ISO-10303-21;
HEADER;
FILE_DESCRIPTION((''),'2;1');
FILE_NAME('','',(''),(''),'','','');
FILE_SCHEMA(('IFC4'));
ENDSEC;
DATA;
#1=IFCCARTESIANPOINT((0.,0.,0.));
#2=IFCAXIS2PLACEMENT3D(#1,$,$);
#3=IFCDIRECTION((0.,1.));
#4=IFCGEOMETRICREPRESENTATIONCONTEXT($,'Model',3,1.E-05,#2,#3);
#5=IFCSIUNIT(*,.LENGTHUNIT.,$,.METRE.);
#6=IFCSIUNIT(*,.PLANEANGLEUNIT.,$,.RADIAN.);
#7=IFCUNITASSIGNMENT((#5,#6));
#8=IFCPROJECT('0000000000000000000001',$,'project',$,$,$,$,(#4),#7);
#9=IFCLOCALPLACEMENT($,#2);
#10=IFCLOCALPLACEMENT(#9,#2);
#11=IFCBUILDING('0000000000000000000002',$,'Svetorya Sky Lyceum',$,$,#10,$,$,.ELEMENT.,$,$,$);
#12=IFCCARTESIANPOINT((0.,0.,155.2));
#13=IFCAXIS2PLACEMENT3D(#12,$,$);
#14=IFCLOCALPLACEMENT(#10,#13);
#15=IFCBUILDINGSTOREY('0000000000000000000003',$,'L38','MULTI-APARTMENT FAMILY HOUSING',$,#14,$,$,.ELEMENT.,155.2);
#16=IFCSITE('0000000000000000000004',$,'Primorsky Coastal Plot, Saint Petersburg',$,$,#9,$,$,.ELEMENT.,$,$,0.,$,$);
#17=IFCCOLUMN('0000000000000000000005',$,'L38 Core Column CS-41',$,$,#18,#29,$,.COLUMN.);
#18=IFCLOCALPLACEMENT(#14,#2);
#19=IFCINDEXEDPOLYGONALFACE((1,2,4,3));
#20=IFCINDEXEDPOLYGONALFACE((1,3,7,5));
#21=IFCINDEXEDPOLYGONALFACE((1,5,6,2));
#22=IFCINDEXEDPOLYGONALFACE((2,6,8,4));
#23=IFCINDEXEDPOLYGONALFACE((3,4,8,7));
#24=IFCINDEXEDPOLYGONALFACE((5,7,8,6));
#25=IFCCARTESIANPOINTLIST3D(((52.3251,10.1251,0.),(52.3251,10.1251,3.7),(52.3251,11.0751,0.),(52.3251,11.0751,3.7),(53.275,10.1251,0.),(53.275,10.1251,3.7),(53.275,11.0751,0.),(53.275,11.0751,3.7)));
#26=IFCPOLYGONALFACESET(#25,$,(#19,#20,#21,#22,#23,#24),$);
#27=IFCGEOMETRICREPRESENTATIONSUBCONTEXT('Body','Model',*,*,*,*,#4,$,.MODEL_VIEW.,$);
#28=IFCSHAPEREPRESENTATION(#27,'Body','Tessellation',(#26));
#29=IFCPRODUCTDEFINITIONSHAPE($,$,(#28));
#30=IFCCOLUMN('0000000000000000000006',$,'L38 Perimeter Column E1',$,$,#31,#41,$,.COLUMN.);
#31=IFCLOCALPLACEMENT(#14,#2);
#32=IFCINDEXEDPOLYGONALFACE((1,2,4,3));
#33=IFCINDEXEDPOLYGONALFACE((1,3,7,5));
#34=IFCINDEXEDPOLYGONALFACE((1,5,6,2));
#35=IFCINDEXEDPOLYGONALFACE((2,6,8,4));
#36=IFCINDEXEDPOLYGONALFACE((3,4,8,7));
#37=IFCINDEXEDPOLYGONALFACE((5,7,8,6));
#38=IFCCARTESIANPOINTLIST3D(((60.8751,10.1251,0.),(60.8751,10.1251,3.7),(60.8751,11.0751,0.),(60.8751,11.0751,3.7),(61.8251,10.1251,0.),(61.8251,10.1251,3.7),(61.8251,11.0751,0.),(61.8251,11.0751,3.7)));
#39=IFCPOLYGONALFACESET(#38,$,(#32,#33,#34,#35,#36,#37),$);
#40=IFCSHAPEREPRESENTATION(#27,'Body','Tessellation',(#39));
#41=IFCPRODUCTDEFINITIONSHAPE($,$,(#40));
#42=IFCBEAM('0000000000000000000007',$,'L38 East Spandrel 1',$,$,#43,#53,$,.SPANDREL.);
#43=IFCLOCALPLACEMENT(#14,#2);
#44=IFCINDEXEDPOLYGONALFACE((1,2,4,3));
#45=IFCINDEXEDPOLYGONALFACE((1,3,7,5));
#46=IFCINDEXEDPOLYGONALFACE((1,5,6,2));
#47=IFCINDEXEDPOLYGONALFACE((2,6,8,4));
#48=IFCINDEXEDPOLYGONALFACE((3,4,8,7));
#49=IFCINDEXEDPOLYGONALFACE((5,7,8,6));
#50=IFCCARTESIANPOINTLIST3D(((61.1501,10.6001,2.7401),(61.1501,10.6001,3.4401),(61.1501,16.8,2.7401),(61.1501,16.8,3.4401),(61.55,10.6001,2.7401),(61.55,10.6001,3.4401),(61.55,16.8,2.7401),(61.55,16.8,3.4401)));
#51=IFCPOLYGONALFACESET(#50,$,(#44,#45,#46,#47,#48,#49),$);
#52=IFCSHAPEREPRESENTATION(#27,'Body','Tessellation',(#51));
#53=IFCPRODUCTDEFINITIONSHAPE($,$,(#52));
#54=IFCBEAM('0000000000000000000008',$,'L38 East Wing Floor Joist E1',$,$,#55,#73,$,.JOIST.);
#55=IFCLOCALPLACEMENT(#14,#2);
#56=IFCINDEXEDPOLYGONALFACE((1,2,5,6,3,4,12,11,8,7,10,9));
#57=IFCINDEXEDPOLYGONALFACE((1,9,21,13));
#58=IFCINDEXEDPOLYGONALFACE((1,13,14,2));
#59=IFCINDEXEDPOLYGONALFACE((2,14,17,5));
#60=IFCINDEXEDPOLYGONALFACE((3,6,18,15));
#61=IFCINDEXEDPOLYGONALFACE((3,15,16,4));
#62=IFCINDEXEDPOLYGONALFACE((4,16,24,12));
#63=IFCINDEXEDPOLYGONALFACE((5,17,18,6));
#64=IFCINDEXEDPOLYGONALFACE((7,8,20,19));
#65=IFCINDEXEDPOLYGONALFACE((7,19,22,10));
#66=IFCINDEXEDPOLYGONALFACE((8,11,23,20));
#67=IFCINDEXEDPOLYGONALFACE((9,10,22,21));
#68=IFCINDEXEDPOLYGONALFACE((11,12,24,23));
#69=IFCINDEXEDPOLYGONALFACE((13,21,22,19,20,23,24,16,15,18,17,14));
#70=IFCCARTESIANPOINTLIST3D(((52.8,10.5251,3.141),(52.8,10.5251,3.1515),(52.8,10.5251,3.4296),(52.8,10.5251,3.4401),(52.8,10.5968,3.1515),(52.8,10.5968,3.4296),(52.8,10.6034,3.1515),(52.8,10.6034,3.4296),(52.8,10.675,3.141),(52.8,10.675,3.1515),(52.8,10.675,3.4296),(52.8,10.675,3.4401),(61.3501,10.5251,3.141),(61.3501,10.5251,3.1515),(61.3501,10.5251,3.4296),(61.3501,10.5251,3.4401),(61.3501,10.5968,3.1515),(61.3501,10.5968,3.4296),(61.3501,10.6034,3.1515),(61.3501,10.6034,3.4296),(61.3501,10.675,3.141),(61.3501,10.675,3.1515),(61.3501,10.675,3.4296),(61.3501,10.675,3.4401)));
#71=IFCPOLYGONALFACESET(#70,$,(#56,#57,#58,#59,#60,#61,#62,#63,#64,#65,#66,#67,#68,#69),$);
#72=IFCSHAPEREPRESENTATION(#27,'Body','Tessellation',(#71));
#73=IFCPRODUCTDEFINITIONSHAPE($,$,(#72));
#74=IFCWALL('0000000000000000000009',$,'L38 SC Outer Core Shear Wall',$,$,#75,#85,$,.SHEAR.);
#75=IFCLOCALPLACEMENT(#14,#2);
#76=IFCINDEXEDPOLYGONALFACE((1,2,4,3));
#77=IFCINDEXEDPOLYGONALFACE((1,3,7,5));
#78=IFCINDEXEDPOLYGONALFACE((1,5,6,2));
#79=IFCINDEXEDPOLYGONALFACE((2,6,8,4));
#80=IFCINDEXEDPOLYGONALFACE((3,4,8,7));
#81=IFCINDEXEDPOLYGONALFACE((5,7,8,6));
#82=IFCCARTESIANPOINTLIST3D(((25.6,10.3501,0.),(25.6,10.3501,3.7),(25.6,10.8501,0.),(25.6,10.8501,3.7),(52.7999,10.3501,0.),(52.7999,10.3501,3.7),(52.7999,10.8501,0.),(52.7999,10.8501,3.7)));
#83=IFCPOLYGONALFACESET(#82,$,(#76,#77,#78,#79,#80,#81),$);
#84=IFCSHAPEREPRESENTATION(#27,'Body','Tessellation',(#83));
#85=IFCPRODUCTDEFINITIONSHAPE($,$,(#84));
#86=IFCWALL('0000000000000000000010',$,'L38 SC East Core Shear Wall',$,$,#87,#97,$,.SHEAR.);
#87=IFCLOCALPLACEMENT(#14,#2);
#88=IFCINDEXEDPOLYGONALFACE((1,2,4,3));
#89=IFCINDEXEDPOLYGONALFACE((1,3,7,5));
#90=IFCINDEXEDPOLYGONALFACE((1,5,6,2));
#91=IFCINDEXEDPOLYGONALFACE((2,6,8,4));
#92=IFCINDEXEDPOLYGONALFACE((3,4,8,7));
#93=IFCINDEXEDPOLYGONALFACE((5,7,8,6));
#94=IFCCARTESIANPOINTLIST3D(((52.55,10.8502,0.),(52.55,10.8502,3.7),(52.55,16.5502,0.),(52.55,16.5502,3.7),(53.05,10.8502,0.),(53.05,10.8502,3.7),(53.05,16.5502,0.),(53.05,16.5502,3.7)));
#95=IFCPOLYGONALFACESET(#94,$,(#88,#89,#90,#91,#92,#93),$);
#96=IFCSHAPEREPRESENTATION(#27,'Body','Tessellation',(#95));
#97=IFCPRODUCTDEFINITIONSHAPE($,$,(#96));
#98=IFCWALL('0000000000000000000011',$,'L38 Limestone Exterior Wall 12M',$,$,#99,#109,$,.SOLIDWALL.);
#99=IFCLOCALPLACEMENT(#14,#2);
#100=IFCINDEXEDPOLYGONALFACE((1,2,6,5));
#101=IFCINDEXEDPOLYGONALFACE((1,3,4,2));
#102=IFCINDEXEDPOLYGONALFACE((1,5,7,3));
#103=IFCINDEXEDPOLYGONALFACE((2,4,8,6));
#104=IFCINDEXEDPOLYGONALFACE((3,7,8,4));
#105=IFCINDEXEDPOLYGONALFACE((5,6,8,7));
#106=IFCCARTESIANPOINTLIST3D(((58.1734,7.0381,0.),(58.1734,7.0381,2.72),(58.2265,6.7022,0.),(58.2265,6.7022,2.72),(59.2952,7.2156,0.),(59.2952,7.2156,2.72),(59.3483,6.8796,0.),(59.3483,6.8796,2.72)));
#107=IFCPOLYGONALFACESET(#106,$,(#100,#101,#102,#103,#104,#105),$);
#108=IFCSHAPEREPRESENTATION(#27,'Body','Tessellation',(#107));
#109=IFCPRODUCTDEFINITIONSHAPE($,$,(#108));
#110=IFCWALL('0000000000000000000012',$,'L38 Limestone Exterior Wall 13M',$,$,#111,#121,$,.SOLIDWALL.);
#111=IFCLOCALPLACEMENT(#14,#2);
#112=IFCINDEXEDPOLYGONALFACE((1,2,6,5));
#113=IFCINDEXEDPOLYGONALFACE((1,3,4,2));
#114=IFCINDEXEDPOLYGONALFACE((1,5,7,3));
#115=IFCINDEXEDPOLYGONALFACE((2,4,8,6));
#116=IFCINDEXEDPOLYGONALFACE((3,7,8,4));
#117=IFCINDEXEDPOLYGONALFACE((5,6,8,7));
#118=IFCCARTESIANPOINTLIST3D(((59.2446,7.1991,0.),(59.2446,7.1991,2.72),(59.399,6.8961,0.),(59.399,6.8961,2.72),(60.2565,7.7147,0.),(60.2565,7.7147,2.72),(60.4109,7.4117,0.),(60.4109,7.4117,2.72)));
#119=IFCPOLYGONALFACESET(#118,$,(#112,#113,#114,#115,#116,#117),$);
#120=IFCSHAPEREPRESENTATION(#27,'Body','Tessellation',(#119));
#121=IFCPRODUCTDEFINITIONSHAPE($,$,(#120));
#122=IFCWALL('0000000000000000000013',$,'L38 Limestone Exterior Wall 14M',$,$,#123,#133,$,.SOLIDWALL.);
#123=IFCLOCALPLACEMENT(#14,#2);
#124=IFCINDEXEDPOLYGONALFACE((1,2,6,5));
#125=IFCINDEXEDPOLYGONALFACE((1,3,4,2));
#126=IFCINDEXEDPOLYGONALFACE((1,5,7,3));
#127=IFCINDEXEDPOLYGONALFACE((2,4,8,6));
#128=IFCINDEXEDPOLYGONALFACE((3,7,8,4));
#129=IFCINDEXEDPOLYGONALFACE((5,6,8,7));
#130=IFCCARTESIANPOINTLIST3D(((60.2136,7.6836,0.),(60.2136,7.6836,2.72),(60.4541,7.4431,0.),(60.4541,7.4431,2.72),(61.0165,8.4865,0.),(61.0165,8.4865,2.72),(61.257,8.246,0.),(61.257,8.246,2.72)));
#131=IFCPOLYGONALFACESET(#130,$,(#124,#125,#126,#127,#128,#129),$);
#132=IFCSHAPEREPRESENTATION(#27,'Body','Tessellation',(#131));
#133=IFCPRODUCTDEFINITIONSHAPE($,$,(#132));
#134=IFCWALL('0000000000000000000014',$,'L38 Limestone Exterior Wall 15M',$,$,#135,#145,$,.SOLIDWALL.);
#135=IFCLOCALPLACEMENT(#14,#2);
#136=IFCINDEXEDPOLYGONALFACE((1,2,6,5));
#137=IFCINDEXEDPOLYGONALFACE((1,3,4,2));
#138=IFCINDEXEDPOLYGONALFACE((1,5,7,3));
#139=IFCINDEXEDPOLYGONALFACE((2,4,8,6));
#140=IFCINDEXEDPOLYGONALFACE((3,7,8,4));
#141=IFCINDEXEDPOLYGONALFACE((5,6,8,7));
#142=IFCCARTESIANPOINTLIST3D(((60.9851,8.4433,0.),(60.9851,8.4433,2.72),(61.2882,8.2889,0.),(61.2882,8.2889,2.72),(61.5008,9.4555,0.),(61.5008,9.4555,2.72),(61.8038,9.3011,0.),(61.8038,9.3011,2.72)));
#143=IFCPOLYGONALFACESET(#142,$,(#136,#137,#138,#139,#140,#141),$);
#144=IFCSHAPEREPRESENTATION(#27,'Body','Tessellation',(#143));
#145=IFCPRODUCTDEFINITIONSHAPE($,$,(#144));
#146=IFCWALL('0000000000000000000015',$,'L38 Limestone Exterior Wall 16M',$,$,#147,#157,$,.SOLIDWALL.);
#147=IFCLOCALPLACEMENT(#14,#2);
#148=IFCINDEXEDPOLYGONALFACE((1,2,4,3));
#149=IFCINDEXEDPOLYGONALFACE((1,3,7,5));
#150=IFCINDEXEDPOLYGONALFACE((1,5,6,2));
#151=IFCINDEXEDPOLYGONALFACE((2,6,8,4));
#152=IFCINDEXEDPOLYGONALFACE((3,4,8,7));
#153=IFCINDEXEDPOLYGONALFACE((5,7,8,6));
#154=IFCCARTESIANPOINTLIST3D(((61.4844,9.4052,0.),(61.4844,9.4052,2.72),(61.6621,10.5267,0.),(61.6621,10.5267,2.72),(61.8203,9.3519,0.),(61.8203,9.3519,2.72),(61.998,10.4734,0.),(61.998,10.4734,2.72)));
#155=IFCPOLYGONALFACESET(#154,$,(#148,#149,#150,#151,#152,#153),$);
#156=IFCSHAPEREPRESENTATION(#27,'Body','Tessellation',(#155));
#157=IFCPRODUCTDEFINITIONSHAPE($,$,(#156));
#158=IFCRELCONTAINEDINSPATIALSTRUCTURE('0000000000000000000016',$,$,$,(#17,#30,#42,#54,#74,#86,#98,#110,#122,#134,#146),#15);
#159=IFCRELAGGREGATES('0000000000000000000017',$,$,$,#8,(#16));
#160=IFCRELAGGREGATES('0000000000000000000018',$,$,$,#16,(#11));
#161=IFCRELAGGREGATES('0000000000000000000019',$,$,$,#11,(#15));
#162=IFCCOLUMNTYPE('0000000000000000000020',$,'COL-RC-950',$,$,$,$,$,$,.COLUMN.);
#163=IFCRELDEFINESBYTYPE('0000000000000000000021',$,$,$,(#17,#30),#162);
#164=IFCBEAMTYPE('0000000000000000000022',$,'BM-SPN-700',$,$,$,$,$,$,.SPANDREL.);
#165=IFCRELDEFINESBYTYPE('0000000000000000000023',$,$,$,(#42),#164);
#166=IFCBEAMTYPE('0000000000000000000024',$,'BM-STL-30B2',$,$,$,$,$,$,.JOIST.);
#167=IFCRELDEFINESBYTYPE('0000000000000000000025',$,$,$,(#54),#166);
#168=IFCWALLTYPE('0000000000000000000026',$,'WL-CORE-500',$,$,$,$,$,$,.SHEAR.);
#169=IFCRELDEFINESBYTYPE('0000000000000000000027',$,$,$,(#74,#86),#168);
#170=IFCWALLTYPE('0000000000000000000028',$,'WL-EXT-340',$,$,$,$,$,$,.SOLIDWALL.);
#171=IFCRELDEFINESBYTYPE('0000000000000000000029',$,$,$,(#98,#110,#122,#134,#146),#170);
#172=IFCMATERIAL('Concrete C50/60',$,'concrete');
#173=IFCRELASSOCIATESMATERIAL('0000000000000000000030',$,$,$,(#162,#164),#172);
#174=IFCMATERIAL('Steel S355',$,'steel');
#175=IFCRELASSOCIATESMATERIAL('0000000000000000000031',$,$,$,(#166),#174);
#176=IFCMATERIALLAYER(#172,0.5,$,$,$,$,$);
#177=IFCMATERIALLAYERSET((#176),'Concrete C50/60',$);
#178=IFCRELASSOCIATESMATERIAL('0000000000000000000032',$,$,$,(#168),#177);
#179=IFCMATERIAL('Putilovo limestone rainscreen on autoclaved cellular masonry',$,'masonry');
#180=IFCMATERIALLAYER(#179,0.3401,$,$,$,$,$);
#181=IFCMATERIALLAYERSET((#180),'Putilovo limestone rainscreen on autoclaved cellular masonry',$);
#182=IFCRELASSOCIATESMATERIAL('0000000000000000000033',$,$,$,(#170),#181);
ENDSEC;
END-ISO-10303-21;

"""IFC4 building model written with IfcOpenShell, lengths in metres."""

from ifc_helpers import new_model, si_unit, direction, frame, frame_2d, origin, origin_2d, place, context, subcontext, project, spatial, rectangle, i_section, extrude, material, layer, layer_set, material_profile, profile_set, type_object, element, save


model = new_model("IFC4")

# Units and contexts
model_context = context("Model", 3, precision=1e-05, world=origin(), true_north=direction((0.0, 1.0)))
body_context = subcontext(model_context, "Body", "Model", "MODEL_VIEW")
ifc_project = project(units=[si_unit("LENGTHUNIT", "METRE"), si_unit("PLANEANGLEUNIT", "RADIAN")], contexts=[model_context])

# Site, building, storey
site_placement = place(None, origin())
site = spatial("IfcSite", under=ifc_project, at=site_placement, Name="Primorsky Coastal Plot, Saint Petersburg", CompositionType="ELEMENT", RefElevation=0.0)
building_placement = place(site_placement, origin())
building = spatial("IfcBuilding", under=site, at=building_placement, Name="Svetorya Sky Lyceum", CompositionType="ELEMENT")
storey_placement = place(building_placement, frame((0.0, 0.0, 155.2)))
storey = spatial("IfcBuildingStorey", under=building, at=storey_placement, Name="L38", Description="MULTI-APARTMENT FAMILY HOUSING", CompositionType="ELEMENT", Elevation=155.2)

# Columns
ifc_material_1 = material(Name="Concrete C50/60", Category="concrete")
ifc_material_profile_1 = material_profile(ifc_material_1, rectangle(XDim=0.95, YDim=0.95, at=origin_2d()), Name="RC COL 950x950")
ifc_profile_set_1 = profile_set([ifc_material_profile_1], Name="Concrete C50/60")
column_type = type_object("IfcColumnType", Name="COL-RC-950", PredefinedType="COLUMN", material=ifc_profile_set_1)
for number, where, z_axis, x_axis, name in (
    (1, (52.8, 10.6001, 0.0), (0.0, 0.0, 1.0), (1.0, 0.0, 0.0), "L38 Core Column CS-41"),
    (2, (61.3501, 10.6001, 0.0), (0.0, 0.0, 1.0), (1.0, 0.0, 0.0), "L38 Perimeter Column E1"),
):
    element("IfcColumn", number, at=place(storey_placement, frame(where, z_axis=z_axis, x_axis=x_axis)), inside=storey, type_object=column_type, Name=name, PredefinedType="COLUMN", context=body_context, shape_type="SweptSolid", body=[
        extrude(rectangle(XDim=0.95, YDim=0.95, at=origin_2d()), origin(), (0.0, 0.0, 1.0), 3.7),
    ])

# Beams
ifc_material_profile_2 = material_profile(ifc_material_1, rectangle(XDim=0.3999, YDim=0.7, at=origin_2d()), Name="RC SPANDREL 400x700")
ifc_profile_set_2 = profile_set([ifc_material_profile_2], Name="Concrete C50/60")
beam_type_1 = type_object("IfcBeamType", Name="BM-SPN-700", PredefinedType="SPANDREL", material=ifc_profile_set_2)
beam_1_placement = place(storey_placement, frame((61.3501, 10.6001, 3.0901), z_axis=(0.0, 1.0, 0.0), x_axis=(-1.0, 0.0, 0.0)))
element("IfcBeam", 3, at=beam_1_placement, inside=storey, type_object=beam_type_1, Name="L38 East Spandrel 1", PredefinedType="SPANDREL", context=body_context, shape_type="SweptSolid", body=[
    extrude(rectangle(XDim=0.3999, YDim=0.7, at=origin_2d()), origin(), (0.0, 0.0, 1.0), 6.2),
])
ifc_material_2 = material(Name="Steel S355", Category="steel")
ifc_material_profile_3 = material_profile(ifc_material_2, i_section(OverallWidth=0.1499, OverallDepth=0.2991, WebThickness=0.0066, FlangeThickness=0.0105, at=origin_2d()), Name="GOST 30B2")
ifc_profile_set_3 = profile_set([ifc_material_profile_3], Name="Steel S355")
beam_type_2 = type_object("IfcBeamType", Name="BM-STL-30B2", PredefinedType="JOIST", material=ifc_profile_set_3)
beam_2_placement = place(storey_placement, frame((52.8, 10.6001, 3.2905), z_axis=(1.0, 0.0, 0.0), x_axis=(0.0, 1.0, 0.0)))
element("IfcBeam", 4, at=beam_2_placement, inside=storey, type_object=beam_type_2, Name="L38 East Wing Floor Joist E1", PredefinedType="JOIST", context=body_context, shape_type="SweptSolid", body=[
    extrude(i_section(OverallWidth=0.1499, OverallDepth=0.2991, WebThickness=0.0066, FlangeThickness=0.0105, at=origin_2d()), origin(), (0.0, 0.0, 1.0), 8.55),
])

# Walls
ifc_layer_1 = layer(ifc_material_1, 0.5)
ifc_layer_set_1 = layer_set([ifc_layer_1], Name="Concrete C50/60")
wall_type_1 = type_object("IfcWallType", Name="WL-CORE-500", PredefinedType="SHEAR", material=ifc_layer_set_1)
wall_1_placement = place(storey_placement, frame((52.8, 10.6001, 0.0), z_axis=(0.0, 0.0, 1.0), x_axis=(-1.0, 0.0, 0.0)))
element("IfcWall", 5, at=wall_1_placement, inside=storey, type_object=wall_type_1, Name="L38 SC Outer Core Shear Wall", PredefinedType="SHEAR", context=body_context, shape_type="SweptSolid", body=[
    extrude(rectangle(XDim=27.2, YDim=0.5, at=frame_2d((13.6001, 0.0))), origin(), (0.0, 0.0, 1.0), 3.7),
])
wall_2_placement = place(storey_placement, frame((52.8, 10.8501, 0.0), z_axis=(0.0, 0.0, 1.0), x_axis=(0.0, 1.0, 0.0)))
element("IfcWall", 6, at=wall_2_placement, inside=storey, type_object=wall_type_1, Name="L38 SC East Core Shear Wall", PredefinedType="SHEAR", context=body_context, shape_type="SweptSolid", body=[
    extrude(rectangle(XDim=5.7, YDim=0.5, at=frame_2d((2.8501, 0.0))), origin(), (0.0, 0.0, 1.0), 3.7),
])
ifc_material_3 = material(Name="Putilovo limestone rainscreen on autoclaved cellular masonry", Category="masonry")
ifc_layer_2 = layer(ifc_material_3, 0.3401)
ifc_layer_set_2 = layer_set([ifc_layer_2], Name="Putilovo limestone rainscreen on autoclaved cellular masonry")
wall_type_2 = type_object("IfcWallType", Name="WL-EXT-340", PredefinedType="SOLIDWALL", material=ifc_layer_set_2)
for number, where, z_axis, x_axis, name in (
    (7, (58.2, 6.8701, 0.0), (0.0, 0.0, 1.0), (0.987714, 0.156272, 0.0), "L38 Limestone Exterior Wall 12M"),
    (8, (59.3218, 7.0476, 0.0), (0.0, 0.0, 1.0), (0.891005, 0.453993, 0.0), "L38 Limestone Exterior Wall 13M"),
):
    element("IfcWall", number, at=place(storey_placement, frame(where, z_axis=z_axis, x_axis=x_axis)), inside=storey, type_object=wall_type_2, Name=name, PredefinedType="SOLIDWALL", context=body_context, shape_type="SweptSolid", body=[
        extrude(rectangle(XDim=1.1357, YDim=0.3401, at=frame_2d((0.5679, 0.0))), origin(), (0.0, 0.0, 1.0), 2.72),
    ])
wall_3_placement = place(storey_placement, frame((60.3337, 7.5632, 0.0), z_axis=(0.0, 0.0, 1.0), x_axis=(0.707107, 0.707107, 0.0)))
element("IfcWall", 9, at=wall_3_placement, inside=storey, type_object=wall_type_2, Name="L38 Limestone Exterior Wall 14M", PredefinedType="SOLIDWALL", context=body_context, shape_type="SweptSolid", body=[
    extrude(rectangle(XDim=1.1355, YDim=0.3401, at=frame_2d((0.5679, 0.0))), origin(), (0.0, 0.0, 1.0), 2.72),
])
wall_4_placement = place(storey_placement, frame((61.1367, 8.3662, 0.0), z_axis=(0.0, 0.0, 1.0), x_axis=(0.453906, 0.891049, 0.0)))
element("IfcWall", 10, at=wall_4_placement, inside=storey, type_object=wall_type_2, Name="L38 Limestone Exterior Wall 15M", PredefinedType="SOLIDWALL", context=body_context, shape_type="SweptSolid", body=[
    extrude(rectangle(XDim=1.136, YDim=0.3401, at=frame_2d((0.5679, 0.0))), origin(), (0.0, 0.0, 1.0), 2.72),
])
wall_5_placement = place(storey_placement, frame((61.6523, 9.3784, 0.0), z_axis=(0.0, 0.0, 1.0), x_axis=(0.156515, 0.987676, 0.0)))
element("IfcWall", 11, at=wall_5_placement, inside=storey, type_object=wall_type_2, Name="L38 Limestone Exterior Wall 16M", PredefinedType="SOLIDWALL", context=body_context, shape_type="SweptSolid", body=[
    extrude(rectangle(XDim=1.1355, YDim=0.3401, at=frame_2d((0.5679, 0.0))), origin(), (0.0, 0.0, 1.0), 2.72),
])

save(model, "model.ifc")
